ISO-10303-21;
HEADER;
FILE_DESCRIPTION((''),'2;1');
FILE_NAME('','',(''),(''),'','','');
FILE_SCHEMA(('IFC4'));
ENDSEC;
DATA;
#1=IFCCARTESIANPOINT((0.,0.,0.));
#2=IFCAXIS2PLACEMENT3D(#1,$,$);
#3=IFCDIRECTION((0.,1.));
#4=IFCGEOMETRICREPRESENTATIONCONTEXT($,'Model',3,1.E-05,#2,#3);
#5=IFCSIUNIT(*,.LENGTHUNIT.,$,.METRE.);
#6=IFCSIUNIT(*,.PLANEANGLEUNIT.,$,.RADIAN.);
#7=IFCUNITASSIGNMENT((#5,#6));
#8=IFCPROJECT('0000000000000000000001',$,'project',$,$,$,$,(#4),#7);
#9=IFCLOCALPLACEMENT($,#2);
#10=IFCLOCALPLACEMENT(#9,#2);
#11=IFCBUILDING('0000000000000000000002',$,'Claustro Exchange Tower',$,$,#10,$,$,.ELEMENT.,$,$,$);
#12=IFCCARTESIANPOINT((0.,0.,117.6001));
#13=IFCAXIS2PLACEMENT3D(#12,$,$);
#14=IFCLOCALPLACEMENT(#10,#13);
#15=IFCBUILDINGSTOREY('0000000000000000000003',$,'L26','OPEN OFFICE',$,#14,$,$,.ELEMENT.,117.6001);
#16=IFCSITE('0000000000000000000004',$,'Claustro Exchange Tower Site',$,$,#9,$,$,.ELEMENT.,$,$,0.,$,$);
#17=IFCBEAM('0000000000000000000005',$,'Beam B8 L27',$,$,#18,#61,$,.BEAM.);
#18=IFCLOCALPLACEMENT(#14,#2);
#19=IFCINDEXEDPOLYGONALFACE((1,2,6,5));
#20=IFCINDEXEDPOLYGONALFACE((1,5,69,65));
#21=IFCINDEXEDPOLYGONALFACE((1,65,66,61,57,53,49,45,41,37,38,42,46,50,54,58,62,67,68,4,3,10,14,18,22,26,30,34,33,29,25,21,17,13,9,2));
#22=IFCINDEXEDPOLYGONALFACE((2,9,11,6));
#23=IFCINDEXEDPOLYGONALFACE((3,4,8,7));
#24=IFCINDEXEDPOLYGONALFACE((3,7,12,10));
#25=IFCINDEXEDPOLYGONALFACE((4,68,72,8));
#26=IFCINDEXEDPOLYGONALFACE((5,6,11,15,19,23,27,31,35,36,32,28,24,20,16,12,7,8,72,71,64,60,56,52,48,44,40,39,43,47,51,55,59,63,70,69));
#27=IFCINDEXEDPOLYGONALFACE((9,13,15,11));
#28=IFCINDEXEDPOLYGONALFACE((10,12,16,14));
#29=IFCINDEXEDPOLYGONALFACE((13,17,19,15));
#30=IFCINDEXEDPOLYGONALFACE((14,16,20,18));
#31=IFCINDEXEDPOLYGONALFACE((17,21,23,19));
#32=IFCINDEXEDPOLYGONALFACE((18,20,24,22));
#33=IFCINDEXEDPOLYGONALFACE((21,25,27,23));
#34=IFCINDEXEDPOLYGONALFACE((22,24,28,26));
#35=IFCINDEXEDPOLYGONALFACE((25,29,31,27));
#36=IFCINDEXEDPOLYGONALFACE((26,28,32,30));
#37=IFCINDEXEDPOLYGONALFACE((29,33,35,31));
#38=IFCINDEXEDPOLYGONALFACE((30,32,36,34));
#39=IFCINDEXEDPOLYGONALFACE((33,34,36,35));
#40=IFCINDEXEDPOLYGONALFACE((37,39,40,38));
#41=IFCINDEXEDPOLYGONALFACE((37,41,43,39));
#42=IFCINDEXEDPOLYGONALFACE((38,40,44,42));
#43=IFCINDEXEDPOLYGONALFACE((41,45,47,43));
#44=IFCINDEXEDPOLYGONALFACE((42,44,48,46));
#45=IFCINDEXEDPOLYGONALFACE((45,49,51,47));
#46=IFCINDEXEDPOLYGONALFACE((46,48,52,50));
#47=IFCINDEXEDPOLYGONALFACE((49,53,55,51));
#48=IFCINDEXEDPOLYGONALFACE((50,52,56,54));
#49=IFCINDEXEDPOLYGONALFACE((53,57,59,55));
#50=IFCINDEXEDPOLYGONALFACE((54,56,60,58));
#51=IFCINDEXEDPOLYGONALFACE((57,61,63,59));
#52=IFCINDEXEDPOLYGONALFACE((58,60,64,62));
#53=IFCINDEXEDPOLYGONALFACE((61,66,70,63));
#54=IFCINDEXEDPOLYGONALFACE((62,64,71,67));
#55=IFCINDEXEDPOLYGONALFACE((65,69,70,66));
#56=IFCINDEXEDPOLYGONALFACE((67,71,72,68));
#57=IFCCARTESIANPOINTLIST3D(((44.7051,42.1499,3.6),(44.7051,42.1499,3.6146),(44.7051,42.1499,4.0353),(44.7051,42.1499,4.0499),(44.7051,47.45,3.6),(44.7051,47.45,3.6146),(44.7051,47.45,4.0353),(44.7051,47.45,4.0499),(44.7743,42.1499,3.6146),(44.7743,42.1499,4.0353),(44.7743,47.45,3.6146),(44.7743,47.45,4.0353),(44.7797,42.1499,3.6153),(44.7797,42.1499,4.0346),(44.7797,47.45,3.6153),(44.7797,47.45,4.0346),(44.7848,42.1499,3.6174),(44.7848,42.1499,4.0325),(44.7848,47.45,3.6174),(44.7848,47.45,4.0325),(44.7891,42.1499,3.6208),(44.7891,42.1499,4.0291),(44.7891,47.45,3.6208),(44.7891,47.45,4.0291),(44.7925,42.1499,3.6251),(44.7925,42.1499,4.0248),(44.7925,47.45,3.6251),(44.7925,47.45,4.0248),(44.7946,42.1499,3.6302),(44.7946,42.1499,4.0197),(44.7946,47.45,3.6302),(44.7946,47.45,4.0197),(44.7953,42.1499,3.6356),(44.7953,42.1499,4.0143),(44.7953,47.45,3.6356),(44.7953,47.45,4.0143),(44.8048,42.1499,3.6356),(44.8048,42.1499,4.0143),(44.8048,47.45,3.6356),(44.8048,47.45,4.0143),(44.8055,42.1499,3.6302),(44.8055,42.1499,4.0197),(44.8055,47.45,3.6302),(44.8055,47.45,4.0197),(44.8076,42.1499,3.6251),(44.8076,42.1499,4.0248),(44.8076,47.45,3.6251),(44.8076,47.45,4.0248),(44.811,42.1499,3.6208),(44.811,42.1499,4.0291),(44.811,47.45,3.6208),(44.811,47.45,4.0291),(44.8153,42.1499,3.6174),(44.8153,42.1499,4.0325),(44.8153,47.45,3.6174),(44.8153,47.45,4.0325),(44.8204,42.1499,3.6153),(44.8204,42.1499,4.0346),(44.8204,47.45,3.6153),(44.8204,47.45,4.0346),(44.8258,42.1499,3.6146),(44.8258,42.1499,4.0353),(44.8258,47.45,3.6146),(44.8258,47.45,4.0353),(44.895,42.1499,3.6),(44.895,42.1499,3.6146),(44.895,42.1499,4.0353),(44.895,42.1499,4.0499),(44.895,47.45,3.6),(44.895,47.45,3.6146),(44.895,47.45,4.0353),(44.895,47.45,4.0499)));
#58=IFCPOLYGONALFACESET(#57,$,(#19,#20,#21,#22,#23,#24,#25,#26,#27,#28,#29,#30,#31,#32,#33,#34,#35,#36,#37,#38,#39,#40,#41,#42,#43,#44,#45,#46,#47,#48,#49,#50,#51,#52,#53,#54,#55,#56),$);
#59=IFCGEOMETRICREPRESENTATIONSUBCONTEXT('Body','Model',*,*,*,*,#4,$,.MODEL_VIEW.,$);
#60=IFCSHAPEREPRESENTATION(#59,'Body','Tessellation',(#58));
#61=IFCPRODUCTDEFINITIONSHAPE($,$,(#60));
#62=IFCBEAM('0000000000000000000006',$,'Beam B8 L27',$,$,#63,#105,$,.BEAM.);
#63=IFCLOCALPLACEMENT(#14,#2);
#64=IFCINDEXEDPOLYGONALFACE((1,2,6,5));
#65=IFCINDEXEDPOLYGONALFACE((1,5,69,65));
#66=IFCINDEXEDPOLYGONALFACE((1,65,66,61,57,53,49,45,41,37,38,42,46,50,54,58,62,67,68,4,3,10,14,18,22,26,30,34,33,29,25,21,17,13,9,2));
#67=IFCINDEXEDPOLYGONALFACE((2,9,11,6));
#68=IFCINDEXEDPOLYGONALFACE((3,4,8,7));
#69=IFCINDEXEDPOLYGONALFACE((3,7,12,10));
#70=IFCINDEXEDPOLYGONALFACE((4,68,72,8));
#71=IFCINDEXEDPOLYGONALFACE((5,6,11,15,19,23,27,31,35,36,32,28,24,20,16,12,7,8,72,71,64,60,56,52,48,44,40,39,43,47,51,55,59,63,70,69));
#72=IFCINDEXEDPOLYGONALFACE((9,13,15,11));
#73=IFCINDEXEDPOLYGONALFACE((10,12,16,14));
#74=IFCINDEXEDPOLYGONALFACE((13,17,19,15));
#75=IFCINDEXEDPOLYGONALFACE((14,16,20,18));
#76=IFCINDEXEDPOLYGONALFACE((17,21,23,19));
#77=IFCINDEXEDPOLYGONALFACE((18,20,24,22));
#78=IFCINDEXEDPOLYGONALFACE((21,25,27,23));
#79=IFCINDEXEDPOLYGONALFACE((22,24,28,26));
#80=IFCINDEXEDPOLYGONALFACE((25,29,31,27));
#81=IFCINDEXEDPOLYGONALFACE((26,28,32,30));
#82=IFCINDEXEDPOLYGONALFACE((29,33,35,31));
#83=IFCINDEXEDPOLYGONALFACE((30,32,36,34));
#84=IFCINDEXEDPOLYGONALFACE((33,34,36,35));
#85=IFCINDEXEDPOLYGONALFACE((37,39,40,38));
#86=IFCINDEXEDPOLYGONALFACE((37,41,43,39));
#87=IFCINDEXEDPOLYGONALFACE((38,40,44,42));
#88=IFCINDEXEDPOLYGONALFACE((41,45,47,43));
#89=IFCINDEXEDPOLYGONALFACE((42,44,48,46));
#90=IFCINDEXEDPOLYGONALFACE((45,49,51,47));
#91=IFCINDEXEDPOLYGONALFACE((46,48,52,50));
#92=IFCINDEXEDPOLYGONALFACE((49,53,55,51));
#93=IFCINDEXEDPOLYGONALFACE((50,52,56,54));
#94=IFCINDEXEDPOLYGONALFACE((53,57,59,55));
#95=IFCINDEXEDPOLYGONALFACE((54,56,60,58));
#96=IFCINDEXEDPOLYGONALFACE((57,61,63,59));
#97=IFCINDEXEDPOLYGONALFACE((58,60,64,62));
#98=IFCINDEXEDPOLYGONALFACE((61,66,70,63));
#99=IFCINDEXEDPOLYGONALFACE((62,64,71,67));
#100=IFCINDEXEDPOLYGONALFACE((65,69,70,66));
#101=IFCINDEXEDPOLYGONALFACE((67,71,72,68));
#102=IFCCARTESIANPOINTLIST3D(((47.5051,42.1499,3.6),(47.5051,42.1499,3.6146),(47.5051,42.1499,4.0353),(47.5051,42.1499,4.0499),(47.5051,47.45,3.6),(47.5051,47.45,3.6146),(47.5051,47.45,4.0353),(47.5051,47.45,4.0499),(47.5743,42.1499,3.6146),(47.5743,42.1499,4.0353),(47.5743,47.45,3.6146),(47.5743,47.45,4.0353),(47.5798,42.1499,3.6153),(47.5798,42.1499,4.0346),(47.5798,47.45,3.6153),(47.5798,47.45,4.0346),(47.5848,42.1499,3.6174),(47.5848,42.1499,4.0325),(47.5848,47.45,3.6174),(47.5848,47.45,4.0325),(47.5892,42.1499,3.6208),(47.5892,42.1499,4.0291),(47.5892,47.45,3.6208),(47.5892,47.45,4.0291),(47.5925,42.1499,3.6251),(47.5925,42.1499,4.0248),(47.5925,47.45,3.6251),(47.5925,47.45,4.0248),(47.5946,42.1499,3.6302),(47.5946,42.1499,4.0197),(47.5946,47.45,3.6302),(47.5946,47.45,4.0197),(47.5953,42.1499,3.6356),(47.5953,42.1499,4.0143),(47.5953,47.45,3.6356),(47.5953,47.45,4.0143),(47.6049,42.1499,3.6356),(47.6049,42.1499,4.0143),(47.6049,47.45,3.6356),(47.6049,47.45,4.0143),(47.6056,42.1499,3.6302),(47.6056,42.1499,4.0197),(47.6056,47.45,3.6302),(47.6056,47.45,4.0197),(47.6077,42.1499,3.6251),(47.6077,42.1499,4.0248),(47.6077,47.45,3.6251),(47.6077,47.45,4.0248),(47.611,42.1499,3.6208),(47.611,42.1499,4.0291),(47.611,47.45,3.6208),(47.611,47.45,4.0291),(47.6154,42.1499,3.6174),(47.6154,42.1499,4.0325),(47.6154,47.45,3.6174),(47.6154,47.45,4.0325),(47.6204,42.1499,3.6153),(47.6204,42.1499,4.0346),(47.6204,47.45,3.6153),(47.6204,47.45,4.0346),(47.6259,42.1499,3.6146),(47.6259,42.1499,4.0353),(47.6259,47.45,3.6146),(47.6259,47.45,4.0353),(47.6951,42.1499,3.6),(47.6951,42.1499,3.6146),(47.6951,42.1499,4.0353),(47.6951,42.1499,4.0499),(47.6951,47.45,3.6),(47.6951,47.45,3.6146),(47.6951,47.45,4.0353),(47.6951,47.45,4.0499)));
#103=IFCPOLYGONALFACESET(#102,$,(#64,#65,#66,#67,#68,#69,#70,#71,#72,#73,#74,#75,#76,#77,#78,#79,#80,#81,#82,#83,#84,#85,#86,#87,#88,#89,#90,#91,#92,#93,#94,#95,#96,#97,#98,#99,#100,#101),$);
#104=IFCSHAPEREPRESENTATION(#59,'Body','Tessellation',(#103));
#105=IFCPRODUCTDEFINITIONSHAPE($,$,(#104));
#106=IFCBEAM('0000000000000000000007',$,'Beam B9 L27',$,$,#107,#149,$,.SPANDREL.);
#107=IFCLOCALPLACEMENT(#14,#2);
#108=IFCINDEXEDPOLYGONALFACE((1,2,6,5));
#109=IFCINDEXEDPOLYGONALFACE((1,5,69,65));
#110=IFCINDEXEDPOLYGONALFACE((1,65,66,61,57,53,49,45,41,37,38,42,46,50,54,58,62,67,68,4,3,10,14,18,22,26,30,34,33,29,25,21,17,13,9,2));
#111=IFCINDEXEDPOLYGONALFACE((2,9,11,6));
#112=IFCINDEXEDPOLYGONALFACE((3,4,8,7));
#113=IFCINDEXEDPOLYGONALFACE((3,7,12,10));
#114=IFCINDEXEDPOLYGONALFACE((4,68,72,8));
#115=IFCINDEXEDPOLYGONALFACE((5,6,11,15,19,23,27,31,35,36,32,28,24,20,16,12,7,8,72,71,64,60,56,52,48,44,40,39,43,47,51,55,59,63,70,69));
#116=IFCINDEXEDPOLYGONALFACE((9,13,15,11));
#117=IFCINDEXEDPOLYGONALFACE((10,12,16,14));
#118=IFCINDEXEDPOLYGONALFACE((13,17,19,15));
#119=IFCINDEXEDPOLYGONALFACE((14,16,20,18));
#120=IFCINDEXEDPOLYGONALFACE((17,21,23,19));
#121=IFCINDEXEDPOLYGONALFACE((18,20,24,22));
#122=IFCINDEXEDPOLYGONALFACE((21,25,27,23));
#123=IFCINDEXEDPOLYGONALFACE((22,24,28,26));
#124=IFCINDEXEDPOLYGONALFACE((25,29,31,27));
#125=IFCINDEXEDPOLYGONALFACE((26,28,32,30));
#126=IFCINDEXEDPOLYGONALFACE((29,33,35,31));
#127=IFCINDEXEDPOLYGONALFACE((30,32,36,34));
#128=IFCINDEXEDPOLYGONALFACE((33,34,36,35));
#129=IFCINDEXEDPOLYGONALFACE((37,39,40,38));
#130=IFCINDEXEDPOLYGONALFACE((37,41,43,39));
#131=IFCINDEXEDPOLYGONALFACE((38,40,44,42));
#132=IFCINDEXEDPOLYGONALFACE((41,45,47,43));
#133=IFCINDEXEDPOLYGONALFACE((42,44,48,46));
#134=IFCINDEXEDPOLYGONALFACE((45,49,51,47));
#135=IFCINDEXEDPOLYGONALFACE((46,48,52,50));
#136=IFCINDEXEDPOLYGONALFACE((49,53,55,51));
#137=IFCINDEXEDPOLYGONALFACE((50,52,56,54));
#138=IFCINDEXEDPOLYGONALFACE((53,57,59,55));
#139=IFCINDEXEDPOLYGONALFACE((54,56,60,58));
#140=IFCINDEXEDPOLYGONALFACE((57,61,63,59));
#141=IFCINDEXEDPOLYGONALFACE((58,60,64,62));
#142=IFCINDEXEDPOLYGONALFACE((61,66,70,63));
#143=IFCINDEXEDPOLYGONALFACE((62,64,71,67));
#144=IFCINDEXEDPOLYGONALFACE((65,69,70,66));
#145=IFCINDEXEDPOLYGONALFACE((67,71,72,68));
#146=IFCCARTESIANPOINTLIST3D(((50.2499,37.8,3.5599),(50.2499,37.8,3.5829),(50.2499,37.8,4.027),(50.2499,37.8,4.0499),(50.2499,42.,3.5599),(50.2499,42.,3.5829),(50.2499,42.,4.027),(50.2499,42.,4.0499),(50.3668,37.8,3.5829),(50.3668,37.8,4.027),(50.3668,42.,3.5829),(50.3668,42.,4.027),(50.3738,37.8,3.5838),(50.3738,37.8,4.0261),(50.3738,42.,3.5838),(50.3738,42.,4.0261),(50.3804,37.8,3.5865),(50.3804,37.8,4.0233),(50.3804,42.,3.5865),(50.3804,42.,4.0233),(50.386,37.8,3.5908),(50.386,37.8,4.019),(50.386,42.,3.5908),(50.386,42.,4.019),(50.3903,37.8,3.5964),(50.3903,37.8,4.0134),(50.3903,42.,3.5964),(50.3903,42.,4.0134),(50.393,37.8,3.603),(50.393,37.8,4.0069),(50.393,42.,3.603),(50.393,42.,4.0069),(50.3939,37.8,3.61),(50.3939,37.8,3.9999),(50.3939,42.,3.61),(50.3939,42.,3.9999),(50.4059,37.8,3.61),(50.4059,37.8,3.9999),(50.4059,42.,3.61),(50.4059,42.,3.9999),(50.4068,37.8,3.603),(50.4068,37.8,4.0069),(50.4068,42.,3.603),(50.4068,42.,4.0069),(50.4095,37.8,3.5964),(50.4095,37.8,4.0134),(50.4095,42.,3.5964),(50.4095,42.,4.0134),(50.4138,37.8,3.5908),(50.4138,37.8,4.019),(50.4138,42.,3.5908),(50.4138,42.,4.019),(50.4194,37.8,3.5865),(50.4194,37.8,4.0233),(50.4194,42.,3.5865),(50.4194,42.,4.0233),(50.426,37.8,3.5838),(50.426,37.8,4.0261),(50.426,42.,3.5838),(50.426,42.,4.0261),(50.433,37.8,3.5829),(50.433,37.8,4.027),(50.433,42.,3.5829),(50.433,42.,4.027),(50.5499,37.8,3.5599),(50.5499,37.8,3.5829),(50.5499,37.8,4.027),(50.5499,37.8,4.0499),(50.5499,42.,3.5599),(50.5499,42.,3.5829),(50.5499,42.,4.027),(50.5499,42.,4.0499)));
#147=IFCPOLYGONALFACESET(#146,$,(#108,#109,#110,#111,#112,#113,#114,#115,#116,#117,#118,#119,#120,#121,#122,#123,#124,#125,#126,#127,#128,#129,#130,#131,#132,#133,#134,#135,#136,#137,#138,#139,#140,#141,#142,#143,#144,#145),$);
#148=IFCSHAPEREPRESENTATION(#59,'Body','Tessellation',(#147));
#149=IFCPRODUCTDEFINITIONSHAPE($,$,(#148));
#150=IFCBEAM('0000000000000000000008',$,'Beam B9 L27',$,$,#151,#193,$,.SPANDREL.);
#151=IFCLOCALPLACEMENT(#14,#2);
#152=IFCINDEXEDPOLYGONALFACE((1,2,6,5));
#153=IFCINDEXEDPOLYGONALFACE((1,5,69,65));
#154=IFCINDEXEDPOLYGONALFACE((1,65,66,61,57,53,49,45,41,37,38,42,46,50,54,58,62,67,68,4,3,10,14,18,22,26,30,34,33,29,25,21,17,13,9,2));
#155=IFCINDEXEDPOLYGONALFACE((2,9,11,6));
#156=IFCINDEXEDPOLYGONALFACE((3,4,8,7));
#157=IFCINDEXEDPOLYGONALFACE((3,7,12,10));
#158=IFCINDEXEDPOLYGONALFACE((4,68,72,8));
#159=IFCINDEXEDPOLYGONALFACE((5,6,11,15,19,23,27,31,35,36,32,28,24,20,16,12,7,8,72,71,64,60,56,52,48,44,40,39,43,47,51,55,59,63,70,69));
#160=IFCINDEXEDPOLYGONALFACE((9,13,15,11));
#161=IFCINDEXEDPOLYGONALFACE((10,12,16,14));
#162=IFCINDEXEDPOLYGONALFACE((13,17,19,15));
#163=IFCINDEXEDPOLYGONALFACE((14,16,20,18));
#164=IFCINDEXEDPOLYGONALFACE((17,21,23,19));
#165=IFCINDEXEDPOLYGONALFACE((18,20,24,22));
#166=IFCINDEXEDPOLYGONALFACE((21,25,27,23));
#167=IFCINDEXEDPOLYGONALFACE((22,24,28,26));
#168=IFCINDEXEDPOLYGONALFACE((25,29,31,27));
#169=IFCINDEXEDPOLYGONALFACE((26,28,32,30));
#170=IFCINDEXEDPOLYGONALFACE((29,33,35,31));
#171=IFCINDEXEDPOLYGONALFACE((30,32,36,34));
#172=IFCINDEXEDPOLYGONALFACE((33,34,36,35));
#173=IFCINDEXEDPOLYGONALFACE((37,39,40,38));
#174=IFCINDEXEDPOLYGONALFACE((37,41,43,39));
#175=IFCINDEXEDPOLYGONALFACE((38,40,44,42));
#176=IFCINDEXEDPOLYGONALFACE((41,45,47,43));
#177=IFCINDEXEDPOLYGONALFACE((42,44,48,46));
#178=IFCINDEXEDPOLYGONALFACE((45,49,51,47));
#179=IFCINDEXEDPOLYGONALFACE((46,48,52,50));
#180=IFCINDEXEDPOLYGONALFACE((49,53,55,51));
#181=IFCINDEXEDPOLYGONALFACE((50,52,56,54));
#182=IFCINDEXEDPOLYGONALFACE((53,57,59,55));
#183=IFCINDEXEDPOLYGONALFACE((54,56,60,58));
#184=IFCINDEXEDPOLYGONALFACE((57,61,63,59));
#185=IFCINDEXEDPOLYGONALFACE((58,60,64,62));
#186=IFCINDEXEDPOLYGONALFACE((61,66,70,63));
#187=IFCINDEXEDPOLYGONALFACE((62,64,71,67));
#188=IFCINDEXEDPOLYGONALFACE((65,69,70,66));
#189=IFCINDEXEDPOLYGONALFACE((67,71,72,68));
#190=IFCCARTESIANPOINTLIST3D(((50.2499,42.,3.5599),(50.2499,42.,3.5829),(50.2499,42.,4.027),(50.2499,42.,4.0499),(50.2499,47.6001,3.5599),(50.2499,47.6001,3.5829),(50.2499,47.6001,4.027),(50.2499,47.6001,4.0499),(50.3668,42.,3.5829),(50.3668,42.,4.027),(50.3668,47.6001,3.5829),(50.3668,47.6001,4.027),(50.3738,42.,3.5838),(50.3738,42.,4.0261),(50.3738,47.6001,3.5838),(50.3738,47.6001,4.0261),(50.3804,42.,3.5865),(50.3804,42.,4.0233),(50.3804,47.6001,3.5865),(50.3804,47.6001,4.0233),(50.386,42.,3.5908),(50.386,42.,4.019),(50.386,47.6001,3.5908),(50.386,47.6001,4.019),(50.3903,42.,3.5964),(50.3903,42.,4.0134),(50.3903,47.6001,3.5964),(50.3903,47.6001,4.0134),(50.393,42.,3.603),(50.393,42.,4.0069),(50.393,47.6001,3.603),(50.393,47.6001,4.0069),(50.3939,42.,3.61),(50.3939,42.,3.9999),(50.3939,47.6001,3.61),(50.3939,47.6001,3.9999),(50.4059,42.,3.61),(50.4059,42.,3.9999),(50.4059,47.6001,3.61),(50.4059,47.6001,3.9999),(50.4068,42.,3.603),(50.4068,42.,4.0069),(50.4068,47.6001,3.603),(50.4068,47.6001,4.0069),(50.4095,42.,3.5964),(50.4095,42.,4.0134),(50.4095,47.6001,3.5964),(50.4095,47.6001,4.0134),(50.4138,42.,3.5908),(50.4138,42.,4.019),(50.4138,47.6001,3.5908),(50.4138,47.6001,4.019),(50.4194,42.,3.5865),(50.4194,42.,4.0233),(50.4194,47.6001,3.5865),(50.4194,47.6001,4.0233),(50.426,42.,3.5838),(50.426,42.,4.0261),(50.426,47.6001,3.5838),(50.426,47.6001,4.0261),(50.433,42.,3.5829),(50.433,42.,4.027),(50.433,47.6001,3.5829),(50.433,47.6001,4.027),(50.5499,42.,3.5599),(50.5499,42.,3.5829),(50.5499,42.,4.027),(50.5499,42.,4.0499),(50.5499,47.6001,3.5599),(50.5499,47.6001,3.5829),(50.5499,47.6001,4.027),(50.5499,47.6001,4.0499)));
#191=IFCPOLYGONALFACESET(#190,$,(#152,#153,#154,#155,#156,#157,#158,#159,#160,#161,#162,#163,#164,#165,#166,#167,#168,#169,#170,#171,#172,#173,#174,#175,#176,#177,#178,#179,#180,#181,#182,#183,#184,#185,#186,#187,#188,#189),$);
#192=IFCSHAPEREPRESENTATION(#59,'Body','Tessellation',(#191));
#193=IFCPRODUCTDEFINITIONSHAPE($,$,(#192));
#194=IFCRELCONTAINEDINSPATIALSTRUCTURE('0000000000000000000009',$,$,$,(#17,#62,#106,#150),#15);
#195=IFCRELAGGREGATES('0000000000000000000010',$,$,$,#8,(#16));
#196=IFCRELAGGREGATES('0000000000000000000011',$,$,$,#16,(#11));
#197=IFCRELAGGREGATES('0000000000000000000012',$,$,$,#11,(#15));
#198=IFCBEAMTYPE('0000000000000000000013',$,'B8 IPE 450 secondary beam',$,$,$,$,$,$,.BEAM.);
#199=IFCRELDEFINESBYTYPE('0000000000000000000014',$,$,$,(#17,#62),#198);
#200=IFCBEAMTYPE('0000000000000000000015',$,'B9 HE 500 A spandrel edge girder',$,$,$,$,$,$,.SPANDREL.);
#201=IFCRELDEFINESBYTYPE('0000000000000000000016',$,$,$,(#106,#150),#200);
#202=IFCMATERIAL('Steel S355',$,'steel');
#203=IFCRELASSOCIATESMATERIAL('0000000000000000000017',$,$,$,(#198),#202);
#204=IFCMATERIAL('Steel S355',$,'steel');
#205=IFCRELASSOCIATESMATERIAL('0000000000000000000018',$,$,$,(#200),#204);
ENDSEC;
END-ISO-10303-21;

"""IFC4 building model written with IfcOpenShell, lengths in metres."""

from ifc_helpers import new_model, si_unit, direction, frame, origin, origin_2d, place, context, subcontext, project, spatial, i_section, extrude, material, material_profile, profile_set, type_object, element, save


model = new_model("IFC4")

# Units and contexts
model_context = context("Model", 3, precision=1e-05, world=origin(), true_north=direction((0.0, 1.0)))
body_context = subcontext(model_context, "Body", "Model", "MODEL_VIEW")
ifc_project = project(units=[si_unit("LENGTHUNIT", "METRE"), si_unit("PLANEANGLEUNIT", "RADIAN")], contexts=[model_context])

# Site, building, storey
site_placement = place(None, origin())
site = spatial("IfcSite", under=ifc_project, at=site_placement, Name="Claustro Exchange Tower Site", CompositionType="ELEMENT", RefElevation=0.0)
building_placement = place(site_placement, origin())
building = spatial("IfcBuilding", under=site, at=building_placement, Name="Claustro Exchange Tower", CompositionType="ELEMENT")
storey_placement = place(building_placement, frame((0.0, 0.0, 117.6001)))
storey = spatial("IfcBuildingStorey", under=building, at=storey_placement, Name="L26", Description="OPEN OFFICE", CompositionType="ELEMENT", Elevation=117.6001)

# Beams
ifc_material_1 = material(Name="Steel S355", Category="steel")
ifc_material_profile_1 = material_profile(ifc_material_1, i_section(OverallWidth=0.1899, OverallDepth=0.45, WebThickness=0.0095, FlangeThickness=0.0146, FilletRadius=0.021, at=origin_2d()), Name="IPE 450")
ifc_profile_set_1 = profile_set([ifc_material_profile_1], Name="Steel S355")
beam_type_1 = type_object("IfcBeamType", Name="B8 IPE 450 secondary beam", PredefinedType="BEAM", material=ifc_profile_set_1)
for number, where, z_axis, x_axis, name in (
    (1, (44.8, 42.1499, 3.825), (0.0, 1.0, 0.0), (-1.0, 0.0, 0.0), "Beam B8 L27"),
    (2, (47.6001, 42.1499, 3.825), (0.0, 1.0, 0.0), (-1.0, 0.0, 0.0), "Beam B8 L27"),
):
    element("IfcBeam", number, at=place(storey_placement, frame(where, z_axis=z_axis, x_axis=x_axis)), inside=storey, type_object=beam_type_1, Name=name, PredefinedType="BEAM", context=body_context, shape_type="SweptSolid", body=[
        extrude(i_section(OverallWidth=0.1899, OverallDepth=0.45, WebThickness=0.0095, FlangeThickness=0.0146, FilletRadius=0.021, at=origin_2d()), origin(), (0.0, 0.0, 1.0), 5.3),
    ])
ifc_material_2 = material(Name="Steel S355", Category="steel")
ifc_material_profile_2 = material_profile(ifc_material_2, i_section(OverallWidth=0.3, OverallDepth=0.49, WebThickness=0.012, FlangeThickness=0.0229, FilletRadius=0.0271, at=origin_2d()), Name="HE 500 A")
ifc_profile_set_2 = profile_set([ifc_material_profile_2], Name="Steel S355")
beam_type_2 = type_object("IfcBeamType", Name="B9 HE 500 A spandrel edge girder", PredefinedType="SPANDREL", material=ifc_profile_set_2)
beam_1_placement = place(storey_placement, frame((50.3999, 37.8, 3.8049), z_axis=(0.0, 1.0, 0.0), x_axis=(-1.0, 0.0, 0.0)))
element("IfcBeam", 3, at=beam_1_placement, inside=storey, type_object=beam_type_2, Name="Beam B9 L27", PredefinedType="SPANDREL", context=body_context, shape_type="SweptSolid", body=[
    extrude(i_section(OverallWidth=0.3, OverallDepth=0.49, WebThickness=0.012, FlangeThickness=0.0229, FilletRadius=0.0271, at=origin_2d()), origin(), (0.0, 0.0, 1.0), 4.2),
])
beam_2_placement = place(storey_placement, frame((50.3999, 42.0, 3.8049), z_axis=(0.0, 1.0, 0.0), x_axis=(-1.0, 0.0, 0.0)))
element("IfcBeam", 4, at=beam_2_placement, inside=storey, type_object=beam_type_2, Name="Beam B9 L27", PredefinedType="SPANDREL", context=body_context, shape_type="SweptSolid", body=[
    extrude(i_section(OverallWidth=0.3, OverallDepth=0.49, WebThickness=0.012, FlangeThickness=0.0229, FilletRadius=0.0271, at=origin_2d()), origin(), (0.0, 0.0, 1.0), 5.6001),
])

save(model, "model.ifc")
